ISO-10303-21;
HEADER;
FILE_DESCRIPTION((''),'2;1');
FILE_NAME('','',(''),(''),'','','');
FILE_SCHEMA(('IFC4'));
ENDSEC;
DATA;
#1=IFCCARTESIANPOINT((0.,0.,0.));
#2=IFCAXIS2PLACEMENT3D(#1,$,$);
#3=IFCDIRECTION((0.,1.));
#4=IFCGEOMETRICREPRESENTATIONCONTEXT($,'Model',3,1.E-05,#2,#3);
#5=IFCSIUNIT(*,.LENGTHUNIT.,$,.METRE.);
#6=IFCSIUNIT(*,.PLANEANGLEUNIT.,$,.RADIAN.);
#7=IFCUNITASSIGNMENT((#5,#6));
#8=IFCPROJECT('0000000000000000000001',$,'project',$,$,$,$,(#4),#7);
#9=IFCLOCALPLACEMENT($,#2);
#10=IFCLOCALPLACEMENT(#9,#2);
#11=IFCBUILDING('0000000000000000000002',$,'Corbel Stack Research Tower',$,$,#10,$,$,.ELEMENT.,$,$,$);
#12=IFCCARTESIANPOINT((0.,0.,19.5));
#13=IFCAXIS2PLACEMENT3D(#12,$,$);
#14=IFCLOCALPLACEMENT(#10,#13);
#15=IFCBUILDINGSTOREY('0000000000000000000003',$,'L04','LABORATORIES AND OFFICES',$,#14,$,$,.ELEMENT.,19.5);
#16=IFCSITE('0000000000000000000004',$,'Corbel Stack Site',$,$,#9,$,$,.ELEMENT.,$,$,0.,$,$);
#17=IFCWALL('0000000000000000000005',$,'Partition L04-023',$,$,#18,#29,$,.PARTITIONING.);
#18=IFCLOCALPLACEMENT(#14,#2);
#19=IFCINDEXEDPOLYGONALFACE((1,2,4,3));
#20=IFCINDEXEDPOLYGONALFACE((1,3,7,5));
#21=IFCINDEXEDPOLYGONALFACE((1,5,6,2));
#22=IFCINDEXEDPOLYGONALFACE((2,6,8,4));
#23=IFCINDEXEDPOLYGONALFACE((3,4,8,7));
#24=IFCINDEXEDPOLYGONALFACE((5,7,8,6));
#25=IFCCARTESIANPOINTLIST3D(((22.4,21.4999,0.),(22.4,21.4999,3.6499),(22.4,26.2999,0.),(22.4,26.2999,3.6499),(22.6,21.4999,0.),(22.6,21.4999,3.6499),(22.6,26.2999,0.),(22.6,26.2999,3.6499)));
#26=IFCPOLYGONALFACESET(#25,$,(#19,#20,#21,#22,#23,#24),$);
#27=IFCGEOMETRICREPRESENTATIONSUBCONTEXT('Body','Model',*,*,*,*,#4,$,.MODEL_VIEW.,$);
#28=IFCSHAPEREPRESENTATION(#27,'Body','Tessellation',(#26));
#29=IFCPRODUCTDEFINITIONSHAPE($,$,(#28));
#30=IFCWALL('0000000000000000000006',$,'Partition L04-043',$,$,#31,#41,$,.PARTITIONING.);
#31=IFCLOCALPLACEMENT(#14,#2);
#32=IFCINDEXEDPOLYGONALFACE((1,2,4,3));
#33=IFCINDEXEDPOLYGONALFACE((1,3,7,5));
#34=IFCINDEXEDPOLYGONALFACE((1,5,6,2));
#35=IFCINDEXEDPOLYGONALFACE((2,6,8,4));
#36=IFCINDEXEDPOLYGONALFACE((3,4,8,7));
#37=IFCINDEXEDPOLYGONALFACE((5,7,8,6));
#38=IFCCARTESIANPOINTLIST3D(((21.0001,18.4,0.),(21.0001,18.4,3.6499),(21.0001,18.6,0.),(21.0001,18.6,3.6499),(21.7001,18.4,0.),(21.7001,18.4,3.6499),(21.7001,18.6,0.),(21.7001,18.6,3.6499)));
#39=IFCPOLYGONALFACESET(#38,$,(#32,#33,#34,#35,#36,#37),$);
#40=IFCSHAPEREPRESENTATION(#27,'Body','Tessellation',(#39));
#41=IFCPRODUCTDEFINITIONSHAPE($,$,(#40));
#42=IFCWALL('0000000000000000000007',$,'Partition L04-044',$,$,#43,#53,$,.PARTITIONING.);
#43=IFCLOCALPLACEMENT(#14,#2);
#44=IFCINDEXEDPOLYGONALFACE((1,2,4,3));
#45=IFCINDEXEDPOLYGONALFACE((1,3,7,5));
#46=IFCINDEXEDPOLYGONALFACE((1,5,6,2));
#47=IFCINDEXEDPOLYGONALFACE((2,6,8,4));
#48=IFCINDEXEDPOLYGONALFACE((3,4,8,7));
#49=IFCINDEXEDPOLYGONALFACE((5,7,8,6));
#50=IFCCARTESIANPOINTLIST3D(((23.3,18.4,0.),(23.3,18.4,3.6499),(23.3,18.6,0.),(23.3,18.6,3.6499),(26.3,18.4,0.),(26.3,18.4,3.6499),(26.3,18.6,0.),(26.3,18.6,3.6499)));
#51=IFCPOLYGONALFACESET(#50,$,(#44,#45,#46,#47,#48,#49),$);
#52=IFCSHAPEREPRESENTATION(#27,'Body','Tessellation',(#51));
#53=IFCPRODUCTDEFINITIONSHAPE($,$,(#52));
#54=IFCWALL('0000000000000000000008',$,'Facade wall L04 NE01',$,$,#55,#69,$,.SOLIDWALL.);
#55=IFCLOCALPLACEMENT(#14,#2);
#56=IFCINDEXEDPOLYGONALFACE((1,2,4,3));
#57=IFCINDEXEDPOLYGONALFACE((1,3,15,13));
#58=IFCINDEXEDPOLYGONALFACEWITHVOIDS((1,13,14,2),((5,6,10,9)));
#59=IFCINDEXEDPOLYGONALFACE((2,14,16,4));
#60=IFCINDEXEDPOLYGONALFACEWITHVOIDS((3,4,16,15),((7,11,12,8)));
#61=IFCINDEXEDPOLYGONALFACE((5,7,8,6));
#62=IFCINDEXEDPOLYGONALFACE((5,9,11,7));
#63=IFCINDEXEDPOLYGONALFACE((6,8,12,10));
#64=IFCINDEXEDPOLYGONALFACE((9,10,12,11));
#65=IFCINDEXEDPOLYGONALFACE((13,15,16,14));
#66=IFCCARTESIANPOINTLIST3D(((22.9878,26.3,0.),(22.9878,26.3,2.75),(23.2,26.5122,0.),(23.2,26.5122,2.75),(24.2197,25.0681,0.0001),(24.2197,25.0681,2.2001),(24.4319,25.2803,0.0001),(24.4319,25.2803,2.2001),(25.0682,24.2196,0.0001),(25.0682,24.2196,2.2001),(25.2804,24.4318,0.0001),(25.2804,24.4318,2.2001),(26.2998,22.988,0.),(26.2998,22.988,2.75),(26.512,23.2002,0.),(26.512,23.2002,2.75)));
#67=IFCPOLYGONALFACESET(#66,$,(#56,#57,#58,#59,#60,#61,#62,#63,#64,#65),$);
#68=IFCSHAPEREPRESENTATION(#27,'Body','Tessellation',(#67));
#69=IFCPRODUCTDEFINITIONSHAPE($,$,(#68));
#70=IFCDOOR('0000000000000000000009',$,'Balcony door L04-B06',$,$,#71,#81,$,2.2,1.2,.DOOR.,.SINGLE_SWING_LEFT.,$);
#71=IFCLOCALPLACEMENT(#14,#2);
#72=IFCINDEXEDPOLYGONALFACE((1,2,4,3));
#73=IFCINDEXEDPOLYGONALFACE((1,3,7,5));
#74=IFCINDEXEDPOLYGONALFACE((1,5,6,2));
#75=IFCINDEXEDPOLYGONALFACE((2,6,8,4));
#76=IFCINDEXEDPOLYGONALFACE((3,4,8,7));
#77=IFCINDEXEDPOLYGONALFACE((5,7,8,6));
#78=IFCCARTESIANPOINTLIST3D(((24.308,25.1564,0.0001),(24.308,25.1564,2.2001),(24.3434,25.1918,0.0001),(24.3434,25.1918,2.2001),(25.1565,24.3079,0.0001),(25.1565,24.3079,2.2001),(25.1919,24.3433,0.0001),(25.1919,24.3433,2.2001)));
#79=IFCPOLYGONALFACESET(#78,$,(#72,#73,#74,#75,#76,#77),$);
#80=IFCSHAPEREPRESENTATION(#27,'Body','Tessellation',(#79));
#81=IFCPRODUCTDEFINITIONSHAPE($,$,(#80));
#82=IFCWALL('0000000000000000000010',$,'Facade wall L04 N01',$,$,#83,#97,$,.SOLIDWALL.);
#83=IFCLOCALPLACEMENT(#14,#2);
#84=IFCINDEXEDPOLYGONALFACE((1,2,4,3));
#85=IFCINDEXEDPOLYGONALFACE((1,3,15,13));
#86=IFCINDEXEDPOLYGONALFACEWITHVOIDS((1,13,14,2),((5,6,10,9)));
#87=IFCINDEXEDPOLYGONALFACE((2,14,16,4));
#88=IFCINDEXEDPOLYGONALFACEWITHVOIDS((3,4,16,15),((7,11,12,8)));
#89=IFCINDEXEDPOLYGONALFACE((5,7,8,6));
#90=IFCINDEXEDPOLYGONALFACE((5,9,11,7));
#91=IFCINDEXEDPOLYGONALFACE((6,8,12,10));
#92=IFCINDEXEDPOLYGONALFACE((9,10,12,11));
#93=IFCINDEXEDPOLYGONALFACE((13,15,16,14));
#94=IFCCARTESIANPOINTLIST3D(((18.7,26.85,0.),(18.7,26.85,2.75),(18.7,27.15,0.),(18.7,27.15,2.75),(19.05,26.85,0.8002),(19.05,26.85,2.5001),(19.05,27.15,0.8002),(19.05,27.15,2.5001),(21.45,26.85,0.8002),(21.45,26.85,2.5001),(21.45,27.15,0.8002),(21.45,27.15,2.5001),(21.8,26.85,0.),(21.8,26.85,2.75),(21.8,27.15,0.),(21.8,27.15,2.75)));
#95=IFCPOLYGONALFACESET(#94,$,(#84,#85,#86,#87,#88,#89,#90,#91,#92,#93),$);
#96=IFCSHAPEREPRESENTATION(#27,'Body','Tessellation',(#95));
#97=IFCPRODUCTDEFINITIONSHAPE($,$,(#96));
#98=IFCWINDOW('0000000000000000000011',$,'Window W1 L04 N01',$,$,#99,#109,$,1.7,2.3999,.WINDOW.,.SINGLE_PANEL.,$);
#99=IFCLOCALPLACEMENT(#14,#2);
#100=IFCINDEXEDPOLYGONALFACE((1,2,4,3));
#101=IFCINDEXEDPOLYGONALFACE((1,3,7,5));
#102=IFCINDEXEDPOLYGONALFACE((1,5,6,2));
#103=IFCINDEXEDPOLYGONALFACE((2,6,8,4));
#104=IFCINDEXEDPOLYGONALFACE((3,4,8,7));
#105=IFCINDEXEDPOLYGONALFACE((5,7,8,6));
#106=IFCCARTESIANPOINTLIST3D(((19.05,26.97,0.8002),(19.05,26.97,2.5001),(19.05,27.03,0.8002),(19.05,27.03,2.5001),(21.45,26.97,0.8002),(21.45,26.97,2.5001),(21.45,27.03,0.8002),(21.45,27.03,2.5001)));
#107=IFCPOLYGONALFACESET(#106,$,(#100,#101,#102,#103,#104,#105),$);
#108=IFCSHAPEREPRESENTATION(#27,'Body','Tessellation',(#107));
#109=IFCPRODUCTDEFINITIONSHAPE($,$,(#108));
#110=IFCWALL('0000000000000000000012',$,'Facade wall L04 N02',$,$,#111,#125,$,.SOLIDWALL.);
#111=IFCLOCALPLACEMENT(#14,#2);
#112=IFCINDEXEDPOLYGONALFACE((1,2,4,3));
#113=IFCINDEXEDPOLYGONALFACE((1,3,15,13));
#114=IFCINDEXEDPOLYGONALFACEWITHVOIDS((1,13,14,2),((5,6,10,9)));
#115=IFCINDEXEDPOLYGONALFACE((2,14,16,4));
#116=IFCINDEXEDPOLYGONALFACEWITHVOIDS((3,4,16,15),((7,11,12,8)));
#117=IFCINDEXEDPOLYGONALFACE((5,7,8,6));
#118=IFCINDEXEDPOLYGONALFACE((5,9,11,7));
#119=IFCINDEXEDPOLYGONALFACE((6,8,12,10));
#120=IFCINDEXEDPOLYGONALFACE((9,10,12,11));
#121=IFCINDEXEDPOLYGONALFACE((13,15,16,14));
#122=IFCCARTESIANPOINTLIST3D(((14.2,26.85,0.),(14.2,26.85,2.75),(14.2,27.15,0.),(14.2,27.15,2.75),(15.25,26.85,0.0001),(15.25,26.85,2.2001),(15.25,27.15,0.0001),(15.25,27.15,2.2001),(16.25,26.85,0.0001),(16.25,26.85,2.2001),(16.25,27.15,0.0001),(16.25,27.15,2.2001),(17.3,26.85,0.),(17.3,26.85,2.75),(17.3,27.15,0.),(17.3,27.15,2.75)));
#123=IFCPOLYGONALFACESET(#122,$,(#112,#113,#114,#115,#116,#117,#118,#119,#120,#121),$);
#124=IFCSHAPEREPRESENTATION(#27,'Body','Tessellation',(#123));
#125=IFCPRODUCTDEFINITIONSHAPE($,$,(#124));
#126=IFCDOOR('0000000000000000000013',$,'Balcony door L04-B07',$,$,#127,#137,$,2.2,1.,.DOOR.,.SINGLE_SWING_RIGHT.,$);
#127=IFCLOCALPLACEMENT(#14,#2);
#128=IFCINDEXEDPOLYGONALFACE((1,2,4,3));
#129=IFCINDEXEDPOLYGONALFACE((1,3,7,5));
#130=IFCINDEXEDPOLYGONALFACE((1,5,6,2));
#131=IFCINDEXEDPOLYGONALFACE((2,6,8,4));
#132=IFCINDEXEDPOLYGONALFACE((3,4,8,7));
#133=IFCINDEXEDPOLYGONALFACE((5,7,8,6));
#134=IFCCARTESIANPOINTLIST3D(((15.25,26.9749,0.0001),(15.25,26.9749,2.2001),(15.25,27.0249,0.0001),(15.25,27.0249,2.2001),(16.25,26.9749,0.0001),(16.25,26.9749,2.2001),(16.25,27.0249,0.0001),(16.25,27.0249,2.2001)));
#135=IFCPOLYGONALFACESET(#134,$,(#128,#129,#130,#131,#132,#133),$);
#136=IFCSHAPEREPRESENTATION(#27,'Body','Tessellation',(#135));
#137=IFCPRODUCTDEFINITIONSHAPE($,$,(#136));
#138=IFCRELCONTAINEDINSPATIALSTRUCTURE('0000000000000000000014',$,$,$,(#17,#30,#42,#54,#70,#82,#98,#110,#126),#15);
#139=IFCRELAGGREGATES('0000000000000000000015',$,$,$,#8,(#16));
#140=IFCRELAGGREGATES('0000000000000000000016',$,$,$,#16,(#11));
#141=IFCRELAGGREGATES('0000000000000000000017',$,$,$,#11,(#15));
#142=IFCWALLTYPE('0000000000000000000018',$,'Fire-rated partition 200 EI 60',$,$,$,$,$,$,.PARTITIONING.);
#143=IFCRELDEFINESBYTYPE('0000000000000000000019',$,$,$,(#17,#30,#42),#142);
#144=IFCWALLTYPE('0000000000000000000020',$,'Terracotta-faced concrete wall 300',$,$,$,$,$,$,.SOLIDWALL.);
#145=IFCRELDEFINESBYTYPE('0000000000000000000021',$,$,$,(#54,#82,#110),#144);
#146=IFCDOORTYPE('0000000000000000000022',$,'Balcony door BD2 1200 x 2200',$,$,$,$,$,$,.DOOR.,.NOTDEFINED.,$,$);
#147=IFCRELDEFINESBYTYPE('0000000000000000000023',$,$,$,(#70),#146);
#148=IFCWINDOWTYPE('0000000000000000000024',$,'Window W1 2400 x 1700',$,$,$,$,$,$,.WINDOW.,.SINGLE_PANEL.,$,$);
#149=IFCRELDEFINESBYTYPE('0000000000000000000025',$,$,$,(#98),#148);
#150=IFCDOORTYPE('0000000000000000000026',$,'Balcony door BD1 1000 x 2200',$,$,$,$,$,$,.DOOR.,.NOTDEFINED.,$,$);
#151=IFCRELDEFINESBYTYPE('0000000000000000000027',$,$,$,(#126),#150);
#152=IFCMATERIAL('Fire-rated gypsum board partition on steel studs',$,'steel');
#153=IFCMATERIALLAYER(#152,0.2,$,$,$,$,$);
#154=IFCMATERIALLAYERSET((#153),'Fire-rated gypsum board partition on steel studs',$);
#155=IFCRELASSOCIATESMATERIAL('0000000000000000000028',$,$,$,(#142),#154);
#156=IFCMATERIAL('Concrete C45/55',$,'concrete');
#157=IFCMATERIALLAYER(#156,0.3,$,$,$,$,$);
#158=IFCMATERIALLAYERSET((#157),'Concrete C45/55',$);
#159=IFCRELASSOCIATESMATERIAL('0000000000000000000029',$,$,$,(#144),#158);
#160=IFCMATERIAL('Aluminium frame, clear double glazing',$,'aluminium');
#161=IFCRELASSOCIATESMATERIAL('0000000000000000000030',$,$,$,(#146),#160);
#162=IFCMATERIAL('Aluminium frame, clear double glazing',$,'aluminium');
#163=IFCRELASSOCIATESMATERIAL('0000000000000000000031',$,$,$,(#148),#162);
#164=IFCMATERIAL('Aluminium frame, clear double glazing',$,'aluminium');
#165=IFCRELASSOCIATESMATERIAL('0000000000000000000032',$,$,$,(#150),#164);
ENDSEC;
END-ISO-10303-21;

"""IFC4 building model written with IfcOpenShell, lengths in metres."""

from ifc_helpers import new_model, si_unit, direction, frame, frame_2d, origin, place, context, subcontext, project, spatial, rectangle, extrude, material, layer, layer_set, type_object, element, fill, save


model = new_model("IFC4")

# Units and contexts
model_context = context("Model", 3, precision=1e-05, world=origin(), true_north=direction((0.0, 1.0)))
body_context = subcontext(model_context, "Body", "Model", "MODEL_VIEW")
ifc_project = project(units=[si_unit("LENGTHUNIT", "METRE"), si_unit("PLANEANGLEUNIT", "RADIAN")], contexts=[model_context])

# Site, building, storey
site_placement = place(None, origin())
site = spatial("IfcSite", under=ifc_project, at=site_placement, Name="Corbel Stack Site", CompositionType="ELEMENT", RefElevation=0.0)
building_placement = place(site_placement, origin())
building = spatial("IfcBuilding", under=site, at=building_placement, Name="Corbel Stack Research Tower", CompositionType="ELEMENT")
storey_placement = place(building_placement, frame((0.0, 0.0, 19.5)))
storey = spatial("IfcBuildingStorey", under=building, at=storey_placement, Name="L04", Description="LABORATORIES AND OFFICES", CompositionType="ELEMENT", Elevation=19.5)

# Shared definitions
ifc_material_1 = material(Name="Fire-rated gypsum board partition on steel studs", Category="steel")
ifc_layer_1 = layer(ifc_material_1, 0.2)
ifc_layer_set_1 = layer_set([ifc_layer_1], Name="Fire-rated gypsum board partition on steel studs")
wall_type_1 = type_object("IfcWallType", Name="Fire-rated partition 200 EI 60", PredefinedType="PARTITIONING", material=ifc_layer_set_1)

# Walls
wall_1_placement = place(storey_placement, frame((22.5, 21.5, 0.0), z_axis=(0.0, 0.0, 1.0), x_axis=(0.0, 1.0, 0.0)))
element("IfcWall", 1, at=wall_1_placement, inside=storey, type_object=wall_type_1, Name="Partition L04-023", PredefinedType="PARTITIONING", context=body_context, shape_type="SweptSolid", body=[
    extrude(rectangle(XDim=4.8, YDim=0.2, at=frame_2d((2.3999, 0.0))), origin(), (0.0, 0.0, 1.0), 3.6499),
])
wall_2_placement = place(storey_placement, frame((21.0, 18.5, 0.0), z_axis=(0.0, 0.0, 1.0), x_axis=(1.0, 0.0, 0.0)))
element("IfcWall", 2, at=wall_2_placement, inside=storey, type_object=wall_type_1, Name="Partition L04-043", PredefinedType="PARTITIONING", context=body_context, shape_type="SweptSolid", body=[
    extrude(rectangle(XDim=0.7, YDim=0.2, at=frame_2d((0.3501, 0.0))), origin(), (0.0, 0.0, 1.0), 3.6499),
])
wall_3_placement = place(storey_placement, frame((23.3, 18.5, 0.0), z_axis=(0.0, 0.0, 1.0), x_axis=(1.0, 0.0, 0.0)))
element("IfcWall", 3, at=wall_3_placement, inside=storey, type_object=wall_type_1, Name="Partition L04-044", PredefinedType="PARTITIONING", context=body_context, shape_type="SweptSolid", body=[
    extrude(rectangle(XDim=3.0, YDim=0.2, at=frame_2d((1.5, 0.0))), origin(), (0.0, 0.0, 1.0), 3.6499),
])

# Wall, opening, door
ifc_material_2 = material(Name="Concrete C45/55", Category="concrete")
ifc_layer_2 = layer(ifc_material_2, 0.3)
ifc_layer_set_2 = layer_set([ifc_layer_2], Name="Concrete C45/55")
wall_type_2 = type_object("IfcWallType", Name="Terracotta-faced concrete wall 300", PredefinedType="SOLIDWALL", material=ifc_layer_set_2)
wall_4_placement = place(storey_placement, frame((23.094, 26.406, 0.0), z_axis=(0.0, 0.0, 1.0), x_axis=(0.707107, -0.707107, 0.0)))
wall_4 = element("IfcWall", 4, at=wall_4_placement, inside=storey, type_object=wall_type_2, Name="Facade wall L04 NE01", PredefinedType="SOLIDWALL", context=body_context, shape_type="SweptSolid", body=[
    extrude(rectangle(XDim=4.6838, YDim=0.3, at=frame_2d((2.3418, 0.0))), origin(), (0.0, 0.0, 1.0), 2.75),
])
opening_1_placement = place(wall_4_placement, frame((1.7419, 0.0, 0.0)))
opening_1 = element("IfcOpeningElement", 5, at=opening_1_placement, cuts=wall_4, PredefinedType="OPENING", context=body_context, shape_type="SweptSolid", body=[
    extrude(rectangle(XDim=1.2, YDim=2.2, at=frame_2d((0.6001, 1.1001))), frame((0.0, 0.1599, 0.0), z_axis=(0.0, -1.0, 0.0), x_axis=(1.0, 0.0, 0.0)), (0.0, 0.0, 1.0), 0.3201),
])
ifc_material_3 = material(Name="Aluminium frame, clear double glazing", Category="aluminium")
door_type_1 = type_object("IfcDoorType", Name="Balcony door BD2 1200 x 2200", OperationType="NOTDEFINED", PredefinedType="DOOR", material=ifc_material_3)
door_1_placement = place(opening_1_placement, origin())
door_1 = element("IfcDoor", 6, at=door_1_placement, inside=storey, type_object=door_type_1, Name="Balcony door L04-B06", OperationType="SINGLE_SWING_LEFT", OverallHeight=2.2, OverallWidth=1.2, PredefinedType="DOOR", context=body_context, shape_type="SweptSolid", body=[
    extrude(rectangle(XDim=1.2, YDim=2.2, at=frame_2d((0.6001, 1.1001))), frame((0.0, 0.0249, 0.0), z_axis=(0.0, -1.0, 0.0), x_axis=(1.0, 0.0, 0.0)), (0.0, 0.0, 1.0), 0.05),
])
fill(opening_1, door_1)

# Wall, opening, window
wall_5_placement = place(storey_placement, frame((18.7, 27.0, 0.0), z_axis=(0.0, 0.0, 1.0), x_axis=(1.0, 0.0, 0.0)))
wall_5 = element("IfcWall", 7, at=wall_5_placement, inside=storey, type_object=wall_type_2, Name="Facade wall L04 N01", PredefinedType="SOLIDWALL", context=body_context, shape_type="SweptSolid", body=[
    extrude(rectangle(XDim=3.1001, YDim=0.3, at=frame_2d((1.55, 0.0))), origin(), (0.0, 0.0, 1.0), 2.75),
])
opening_2_placement = place(wall_5_placement, frame((0.3501, 0.0, 0.8)))
opening_2 = element("IfcOpeningElement", 8, at=opening_2_placement, cuts=wall_5, PredefinedType="OPENING", context=body_context, shape_type="SweptSolid", body=[
    extrude(rectangle(XDim=2.3999, YDim=1.7, at=frame_2d((1.2, 0.8501))), frame((0.0, 0.1599, 0.0), z_axis=(0.0, -1.0, 0.0), x_axis=(1.0, 0.0, 0.0)), (0.0, 0.0, 1.0), 0.3201),
])
ifc_material_4 = material(Name="Aluminium frame, clear double glazing", Category="aluminium")
window_type = type_object("IfcWindowType", Name="Window W1 2400 x 1700", PartitioningType="SINGLE_PANEL", PredefinedType="WINDOW", material=ifc_material_4)
window_placement = place(opening_2_placement, origin())
window = element("IfcWindow", 9, at=window_placement, inside=storey, type_object=window_type, Name="Window W1 L04 N01", OverallHeight=1.7, OverallWidth=2.3999, PartitioningType="SINGLE_PANEL", PredefinedType="WINDOW", context=body_context, shape_type="SweptSolid", body=[
    extrude(rectangle(XDim=2.3999, YDim=1.7, at=frame_2d((1.2, 0.8501))), frame((0.0, 0.03, 0.0), z_axis=(0.0, -1.0, 0.0), x_axis=(1.0, 0.0, 0.0)), (0.0, 0.0, 1.0), 0.0601),
])
fill(opening_2, window)

# Wall, opening, door
wall_6_placement = place(storey_placement, frame((14.2, 27.0, 0.0), z_axis=(0.0, 0.0, 1.0), x_axis=(1.0, 0.0, 0.0)))
wall_6 = element("IfcWall", 10, at=wall_6_placement, inside=storey, type_object=wall_type_2, Name="Facade wall L04 N02", PredefinedType="SOLIDWALL", context=body_context, shape_type="SweptSolid", body=[
    extrude(rectangle(XDim=3.1001, YDim=0.3, at=frame_2d((1.55, 0.0))), origin(), (0.0, 0.0, 1.0), 2.75),
])
opening_3_placement = place(wall_6_placement, frame((1.05, 0.0, 0.0)))
opening_3 = element("IfcOpeningElement", 11, at=opening_3_placement, cuts=wall_6, PredefinedType="OPENING", context=body_context, shape_type="SweptSolid", body=[
    extrude(rectangle(XDim=1.0, YDim=2.2, at=frame_2d((0.5, 1.1001))), frame((0.0, 0.1599, 0.0), z_axis=(0.0, -1.0, 0.0), x_axis=(1.0, 0.0, 0.0)), (0.0, 0.0, 1.0), 0.3201),
])
ifc_material_5 = material(Name="Aluminium frame, clear double glazing", Category="aluminium")
door_type_2 = type_object("IfcDoorType", Name="Balcony door BD1 1000 x 2200", OperationType="NOTDEFINED", PredefinedType="DOOR", material=ifc_material_5)
door_2_placement = place(opening_3_placement, origin())
door_2 = element("IfcDoor", 12, at=door_2_placement, inside=storey, type_object=door_type_2, Name="Balcony door L04-B07", OperationType="SINGLE_SWING_RIGHT", OverallHeight=2.2, OverallWidth=1.0, PredefinedType="DOOR", context=body_context, shape_type="SweptSolid", body=[
    extrude(rectangle(XDim=1.0, YDim=2.2, at=frame_2d((0.5, 1.1001))), frame((0.0, 0.0249, 0.0), z_axis=(0.0, -1.0, 0.0), x_axis=(1.0, 0.0, 0.0)), (0.0, 0.0, 1.0), 0.05),
])
fill(opening_3, door_2)

save(model, "model.ifc")
